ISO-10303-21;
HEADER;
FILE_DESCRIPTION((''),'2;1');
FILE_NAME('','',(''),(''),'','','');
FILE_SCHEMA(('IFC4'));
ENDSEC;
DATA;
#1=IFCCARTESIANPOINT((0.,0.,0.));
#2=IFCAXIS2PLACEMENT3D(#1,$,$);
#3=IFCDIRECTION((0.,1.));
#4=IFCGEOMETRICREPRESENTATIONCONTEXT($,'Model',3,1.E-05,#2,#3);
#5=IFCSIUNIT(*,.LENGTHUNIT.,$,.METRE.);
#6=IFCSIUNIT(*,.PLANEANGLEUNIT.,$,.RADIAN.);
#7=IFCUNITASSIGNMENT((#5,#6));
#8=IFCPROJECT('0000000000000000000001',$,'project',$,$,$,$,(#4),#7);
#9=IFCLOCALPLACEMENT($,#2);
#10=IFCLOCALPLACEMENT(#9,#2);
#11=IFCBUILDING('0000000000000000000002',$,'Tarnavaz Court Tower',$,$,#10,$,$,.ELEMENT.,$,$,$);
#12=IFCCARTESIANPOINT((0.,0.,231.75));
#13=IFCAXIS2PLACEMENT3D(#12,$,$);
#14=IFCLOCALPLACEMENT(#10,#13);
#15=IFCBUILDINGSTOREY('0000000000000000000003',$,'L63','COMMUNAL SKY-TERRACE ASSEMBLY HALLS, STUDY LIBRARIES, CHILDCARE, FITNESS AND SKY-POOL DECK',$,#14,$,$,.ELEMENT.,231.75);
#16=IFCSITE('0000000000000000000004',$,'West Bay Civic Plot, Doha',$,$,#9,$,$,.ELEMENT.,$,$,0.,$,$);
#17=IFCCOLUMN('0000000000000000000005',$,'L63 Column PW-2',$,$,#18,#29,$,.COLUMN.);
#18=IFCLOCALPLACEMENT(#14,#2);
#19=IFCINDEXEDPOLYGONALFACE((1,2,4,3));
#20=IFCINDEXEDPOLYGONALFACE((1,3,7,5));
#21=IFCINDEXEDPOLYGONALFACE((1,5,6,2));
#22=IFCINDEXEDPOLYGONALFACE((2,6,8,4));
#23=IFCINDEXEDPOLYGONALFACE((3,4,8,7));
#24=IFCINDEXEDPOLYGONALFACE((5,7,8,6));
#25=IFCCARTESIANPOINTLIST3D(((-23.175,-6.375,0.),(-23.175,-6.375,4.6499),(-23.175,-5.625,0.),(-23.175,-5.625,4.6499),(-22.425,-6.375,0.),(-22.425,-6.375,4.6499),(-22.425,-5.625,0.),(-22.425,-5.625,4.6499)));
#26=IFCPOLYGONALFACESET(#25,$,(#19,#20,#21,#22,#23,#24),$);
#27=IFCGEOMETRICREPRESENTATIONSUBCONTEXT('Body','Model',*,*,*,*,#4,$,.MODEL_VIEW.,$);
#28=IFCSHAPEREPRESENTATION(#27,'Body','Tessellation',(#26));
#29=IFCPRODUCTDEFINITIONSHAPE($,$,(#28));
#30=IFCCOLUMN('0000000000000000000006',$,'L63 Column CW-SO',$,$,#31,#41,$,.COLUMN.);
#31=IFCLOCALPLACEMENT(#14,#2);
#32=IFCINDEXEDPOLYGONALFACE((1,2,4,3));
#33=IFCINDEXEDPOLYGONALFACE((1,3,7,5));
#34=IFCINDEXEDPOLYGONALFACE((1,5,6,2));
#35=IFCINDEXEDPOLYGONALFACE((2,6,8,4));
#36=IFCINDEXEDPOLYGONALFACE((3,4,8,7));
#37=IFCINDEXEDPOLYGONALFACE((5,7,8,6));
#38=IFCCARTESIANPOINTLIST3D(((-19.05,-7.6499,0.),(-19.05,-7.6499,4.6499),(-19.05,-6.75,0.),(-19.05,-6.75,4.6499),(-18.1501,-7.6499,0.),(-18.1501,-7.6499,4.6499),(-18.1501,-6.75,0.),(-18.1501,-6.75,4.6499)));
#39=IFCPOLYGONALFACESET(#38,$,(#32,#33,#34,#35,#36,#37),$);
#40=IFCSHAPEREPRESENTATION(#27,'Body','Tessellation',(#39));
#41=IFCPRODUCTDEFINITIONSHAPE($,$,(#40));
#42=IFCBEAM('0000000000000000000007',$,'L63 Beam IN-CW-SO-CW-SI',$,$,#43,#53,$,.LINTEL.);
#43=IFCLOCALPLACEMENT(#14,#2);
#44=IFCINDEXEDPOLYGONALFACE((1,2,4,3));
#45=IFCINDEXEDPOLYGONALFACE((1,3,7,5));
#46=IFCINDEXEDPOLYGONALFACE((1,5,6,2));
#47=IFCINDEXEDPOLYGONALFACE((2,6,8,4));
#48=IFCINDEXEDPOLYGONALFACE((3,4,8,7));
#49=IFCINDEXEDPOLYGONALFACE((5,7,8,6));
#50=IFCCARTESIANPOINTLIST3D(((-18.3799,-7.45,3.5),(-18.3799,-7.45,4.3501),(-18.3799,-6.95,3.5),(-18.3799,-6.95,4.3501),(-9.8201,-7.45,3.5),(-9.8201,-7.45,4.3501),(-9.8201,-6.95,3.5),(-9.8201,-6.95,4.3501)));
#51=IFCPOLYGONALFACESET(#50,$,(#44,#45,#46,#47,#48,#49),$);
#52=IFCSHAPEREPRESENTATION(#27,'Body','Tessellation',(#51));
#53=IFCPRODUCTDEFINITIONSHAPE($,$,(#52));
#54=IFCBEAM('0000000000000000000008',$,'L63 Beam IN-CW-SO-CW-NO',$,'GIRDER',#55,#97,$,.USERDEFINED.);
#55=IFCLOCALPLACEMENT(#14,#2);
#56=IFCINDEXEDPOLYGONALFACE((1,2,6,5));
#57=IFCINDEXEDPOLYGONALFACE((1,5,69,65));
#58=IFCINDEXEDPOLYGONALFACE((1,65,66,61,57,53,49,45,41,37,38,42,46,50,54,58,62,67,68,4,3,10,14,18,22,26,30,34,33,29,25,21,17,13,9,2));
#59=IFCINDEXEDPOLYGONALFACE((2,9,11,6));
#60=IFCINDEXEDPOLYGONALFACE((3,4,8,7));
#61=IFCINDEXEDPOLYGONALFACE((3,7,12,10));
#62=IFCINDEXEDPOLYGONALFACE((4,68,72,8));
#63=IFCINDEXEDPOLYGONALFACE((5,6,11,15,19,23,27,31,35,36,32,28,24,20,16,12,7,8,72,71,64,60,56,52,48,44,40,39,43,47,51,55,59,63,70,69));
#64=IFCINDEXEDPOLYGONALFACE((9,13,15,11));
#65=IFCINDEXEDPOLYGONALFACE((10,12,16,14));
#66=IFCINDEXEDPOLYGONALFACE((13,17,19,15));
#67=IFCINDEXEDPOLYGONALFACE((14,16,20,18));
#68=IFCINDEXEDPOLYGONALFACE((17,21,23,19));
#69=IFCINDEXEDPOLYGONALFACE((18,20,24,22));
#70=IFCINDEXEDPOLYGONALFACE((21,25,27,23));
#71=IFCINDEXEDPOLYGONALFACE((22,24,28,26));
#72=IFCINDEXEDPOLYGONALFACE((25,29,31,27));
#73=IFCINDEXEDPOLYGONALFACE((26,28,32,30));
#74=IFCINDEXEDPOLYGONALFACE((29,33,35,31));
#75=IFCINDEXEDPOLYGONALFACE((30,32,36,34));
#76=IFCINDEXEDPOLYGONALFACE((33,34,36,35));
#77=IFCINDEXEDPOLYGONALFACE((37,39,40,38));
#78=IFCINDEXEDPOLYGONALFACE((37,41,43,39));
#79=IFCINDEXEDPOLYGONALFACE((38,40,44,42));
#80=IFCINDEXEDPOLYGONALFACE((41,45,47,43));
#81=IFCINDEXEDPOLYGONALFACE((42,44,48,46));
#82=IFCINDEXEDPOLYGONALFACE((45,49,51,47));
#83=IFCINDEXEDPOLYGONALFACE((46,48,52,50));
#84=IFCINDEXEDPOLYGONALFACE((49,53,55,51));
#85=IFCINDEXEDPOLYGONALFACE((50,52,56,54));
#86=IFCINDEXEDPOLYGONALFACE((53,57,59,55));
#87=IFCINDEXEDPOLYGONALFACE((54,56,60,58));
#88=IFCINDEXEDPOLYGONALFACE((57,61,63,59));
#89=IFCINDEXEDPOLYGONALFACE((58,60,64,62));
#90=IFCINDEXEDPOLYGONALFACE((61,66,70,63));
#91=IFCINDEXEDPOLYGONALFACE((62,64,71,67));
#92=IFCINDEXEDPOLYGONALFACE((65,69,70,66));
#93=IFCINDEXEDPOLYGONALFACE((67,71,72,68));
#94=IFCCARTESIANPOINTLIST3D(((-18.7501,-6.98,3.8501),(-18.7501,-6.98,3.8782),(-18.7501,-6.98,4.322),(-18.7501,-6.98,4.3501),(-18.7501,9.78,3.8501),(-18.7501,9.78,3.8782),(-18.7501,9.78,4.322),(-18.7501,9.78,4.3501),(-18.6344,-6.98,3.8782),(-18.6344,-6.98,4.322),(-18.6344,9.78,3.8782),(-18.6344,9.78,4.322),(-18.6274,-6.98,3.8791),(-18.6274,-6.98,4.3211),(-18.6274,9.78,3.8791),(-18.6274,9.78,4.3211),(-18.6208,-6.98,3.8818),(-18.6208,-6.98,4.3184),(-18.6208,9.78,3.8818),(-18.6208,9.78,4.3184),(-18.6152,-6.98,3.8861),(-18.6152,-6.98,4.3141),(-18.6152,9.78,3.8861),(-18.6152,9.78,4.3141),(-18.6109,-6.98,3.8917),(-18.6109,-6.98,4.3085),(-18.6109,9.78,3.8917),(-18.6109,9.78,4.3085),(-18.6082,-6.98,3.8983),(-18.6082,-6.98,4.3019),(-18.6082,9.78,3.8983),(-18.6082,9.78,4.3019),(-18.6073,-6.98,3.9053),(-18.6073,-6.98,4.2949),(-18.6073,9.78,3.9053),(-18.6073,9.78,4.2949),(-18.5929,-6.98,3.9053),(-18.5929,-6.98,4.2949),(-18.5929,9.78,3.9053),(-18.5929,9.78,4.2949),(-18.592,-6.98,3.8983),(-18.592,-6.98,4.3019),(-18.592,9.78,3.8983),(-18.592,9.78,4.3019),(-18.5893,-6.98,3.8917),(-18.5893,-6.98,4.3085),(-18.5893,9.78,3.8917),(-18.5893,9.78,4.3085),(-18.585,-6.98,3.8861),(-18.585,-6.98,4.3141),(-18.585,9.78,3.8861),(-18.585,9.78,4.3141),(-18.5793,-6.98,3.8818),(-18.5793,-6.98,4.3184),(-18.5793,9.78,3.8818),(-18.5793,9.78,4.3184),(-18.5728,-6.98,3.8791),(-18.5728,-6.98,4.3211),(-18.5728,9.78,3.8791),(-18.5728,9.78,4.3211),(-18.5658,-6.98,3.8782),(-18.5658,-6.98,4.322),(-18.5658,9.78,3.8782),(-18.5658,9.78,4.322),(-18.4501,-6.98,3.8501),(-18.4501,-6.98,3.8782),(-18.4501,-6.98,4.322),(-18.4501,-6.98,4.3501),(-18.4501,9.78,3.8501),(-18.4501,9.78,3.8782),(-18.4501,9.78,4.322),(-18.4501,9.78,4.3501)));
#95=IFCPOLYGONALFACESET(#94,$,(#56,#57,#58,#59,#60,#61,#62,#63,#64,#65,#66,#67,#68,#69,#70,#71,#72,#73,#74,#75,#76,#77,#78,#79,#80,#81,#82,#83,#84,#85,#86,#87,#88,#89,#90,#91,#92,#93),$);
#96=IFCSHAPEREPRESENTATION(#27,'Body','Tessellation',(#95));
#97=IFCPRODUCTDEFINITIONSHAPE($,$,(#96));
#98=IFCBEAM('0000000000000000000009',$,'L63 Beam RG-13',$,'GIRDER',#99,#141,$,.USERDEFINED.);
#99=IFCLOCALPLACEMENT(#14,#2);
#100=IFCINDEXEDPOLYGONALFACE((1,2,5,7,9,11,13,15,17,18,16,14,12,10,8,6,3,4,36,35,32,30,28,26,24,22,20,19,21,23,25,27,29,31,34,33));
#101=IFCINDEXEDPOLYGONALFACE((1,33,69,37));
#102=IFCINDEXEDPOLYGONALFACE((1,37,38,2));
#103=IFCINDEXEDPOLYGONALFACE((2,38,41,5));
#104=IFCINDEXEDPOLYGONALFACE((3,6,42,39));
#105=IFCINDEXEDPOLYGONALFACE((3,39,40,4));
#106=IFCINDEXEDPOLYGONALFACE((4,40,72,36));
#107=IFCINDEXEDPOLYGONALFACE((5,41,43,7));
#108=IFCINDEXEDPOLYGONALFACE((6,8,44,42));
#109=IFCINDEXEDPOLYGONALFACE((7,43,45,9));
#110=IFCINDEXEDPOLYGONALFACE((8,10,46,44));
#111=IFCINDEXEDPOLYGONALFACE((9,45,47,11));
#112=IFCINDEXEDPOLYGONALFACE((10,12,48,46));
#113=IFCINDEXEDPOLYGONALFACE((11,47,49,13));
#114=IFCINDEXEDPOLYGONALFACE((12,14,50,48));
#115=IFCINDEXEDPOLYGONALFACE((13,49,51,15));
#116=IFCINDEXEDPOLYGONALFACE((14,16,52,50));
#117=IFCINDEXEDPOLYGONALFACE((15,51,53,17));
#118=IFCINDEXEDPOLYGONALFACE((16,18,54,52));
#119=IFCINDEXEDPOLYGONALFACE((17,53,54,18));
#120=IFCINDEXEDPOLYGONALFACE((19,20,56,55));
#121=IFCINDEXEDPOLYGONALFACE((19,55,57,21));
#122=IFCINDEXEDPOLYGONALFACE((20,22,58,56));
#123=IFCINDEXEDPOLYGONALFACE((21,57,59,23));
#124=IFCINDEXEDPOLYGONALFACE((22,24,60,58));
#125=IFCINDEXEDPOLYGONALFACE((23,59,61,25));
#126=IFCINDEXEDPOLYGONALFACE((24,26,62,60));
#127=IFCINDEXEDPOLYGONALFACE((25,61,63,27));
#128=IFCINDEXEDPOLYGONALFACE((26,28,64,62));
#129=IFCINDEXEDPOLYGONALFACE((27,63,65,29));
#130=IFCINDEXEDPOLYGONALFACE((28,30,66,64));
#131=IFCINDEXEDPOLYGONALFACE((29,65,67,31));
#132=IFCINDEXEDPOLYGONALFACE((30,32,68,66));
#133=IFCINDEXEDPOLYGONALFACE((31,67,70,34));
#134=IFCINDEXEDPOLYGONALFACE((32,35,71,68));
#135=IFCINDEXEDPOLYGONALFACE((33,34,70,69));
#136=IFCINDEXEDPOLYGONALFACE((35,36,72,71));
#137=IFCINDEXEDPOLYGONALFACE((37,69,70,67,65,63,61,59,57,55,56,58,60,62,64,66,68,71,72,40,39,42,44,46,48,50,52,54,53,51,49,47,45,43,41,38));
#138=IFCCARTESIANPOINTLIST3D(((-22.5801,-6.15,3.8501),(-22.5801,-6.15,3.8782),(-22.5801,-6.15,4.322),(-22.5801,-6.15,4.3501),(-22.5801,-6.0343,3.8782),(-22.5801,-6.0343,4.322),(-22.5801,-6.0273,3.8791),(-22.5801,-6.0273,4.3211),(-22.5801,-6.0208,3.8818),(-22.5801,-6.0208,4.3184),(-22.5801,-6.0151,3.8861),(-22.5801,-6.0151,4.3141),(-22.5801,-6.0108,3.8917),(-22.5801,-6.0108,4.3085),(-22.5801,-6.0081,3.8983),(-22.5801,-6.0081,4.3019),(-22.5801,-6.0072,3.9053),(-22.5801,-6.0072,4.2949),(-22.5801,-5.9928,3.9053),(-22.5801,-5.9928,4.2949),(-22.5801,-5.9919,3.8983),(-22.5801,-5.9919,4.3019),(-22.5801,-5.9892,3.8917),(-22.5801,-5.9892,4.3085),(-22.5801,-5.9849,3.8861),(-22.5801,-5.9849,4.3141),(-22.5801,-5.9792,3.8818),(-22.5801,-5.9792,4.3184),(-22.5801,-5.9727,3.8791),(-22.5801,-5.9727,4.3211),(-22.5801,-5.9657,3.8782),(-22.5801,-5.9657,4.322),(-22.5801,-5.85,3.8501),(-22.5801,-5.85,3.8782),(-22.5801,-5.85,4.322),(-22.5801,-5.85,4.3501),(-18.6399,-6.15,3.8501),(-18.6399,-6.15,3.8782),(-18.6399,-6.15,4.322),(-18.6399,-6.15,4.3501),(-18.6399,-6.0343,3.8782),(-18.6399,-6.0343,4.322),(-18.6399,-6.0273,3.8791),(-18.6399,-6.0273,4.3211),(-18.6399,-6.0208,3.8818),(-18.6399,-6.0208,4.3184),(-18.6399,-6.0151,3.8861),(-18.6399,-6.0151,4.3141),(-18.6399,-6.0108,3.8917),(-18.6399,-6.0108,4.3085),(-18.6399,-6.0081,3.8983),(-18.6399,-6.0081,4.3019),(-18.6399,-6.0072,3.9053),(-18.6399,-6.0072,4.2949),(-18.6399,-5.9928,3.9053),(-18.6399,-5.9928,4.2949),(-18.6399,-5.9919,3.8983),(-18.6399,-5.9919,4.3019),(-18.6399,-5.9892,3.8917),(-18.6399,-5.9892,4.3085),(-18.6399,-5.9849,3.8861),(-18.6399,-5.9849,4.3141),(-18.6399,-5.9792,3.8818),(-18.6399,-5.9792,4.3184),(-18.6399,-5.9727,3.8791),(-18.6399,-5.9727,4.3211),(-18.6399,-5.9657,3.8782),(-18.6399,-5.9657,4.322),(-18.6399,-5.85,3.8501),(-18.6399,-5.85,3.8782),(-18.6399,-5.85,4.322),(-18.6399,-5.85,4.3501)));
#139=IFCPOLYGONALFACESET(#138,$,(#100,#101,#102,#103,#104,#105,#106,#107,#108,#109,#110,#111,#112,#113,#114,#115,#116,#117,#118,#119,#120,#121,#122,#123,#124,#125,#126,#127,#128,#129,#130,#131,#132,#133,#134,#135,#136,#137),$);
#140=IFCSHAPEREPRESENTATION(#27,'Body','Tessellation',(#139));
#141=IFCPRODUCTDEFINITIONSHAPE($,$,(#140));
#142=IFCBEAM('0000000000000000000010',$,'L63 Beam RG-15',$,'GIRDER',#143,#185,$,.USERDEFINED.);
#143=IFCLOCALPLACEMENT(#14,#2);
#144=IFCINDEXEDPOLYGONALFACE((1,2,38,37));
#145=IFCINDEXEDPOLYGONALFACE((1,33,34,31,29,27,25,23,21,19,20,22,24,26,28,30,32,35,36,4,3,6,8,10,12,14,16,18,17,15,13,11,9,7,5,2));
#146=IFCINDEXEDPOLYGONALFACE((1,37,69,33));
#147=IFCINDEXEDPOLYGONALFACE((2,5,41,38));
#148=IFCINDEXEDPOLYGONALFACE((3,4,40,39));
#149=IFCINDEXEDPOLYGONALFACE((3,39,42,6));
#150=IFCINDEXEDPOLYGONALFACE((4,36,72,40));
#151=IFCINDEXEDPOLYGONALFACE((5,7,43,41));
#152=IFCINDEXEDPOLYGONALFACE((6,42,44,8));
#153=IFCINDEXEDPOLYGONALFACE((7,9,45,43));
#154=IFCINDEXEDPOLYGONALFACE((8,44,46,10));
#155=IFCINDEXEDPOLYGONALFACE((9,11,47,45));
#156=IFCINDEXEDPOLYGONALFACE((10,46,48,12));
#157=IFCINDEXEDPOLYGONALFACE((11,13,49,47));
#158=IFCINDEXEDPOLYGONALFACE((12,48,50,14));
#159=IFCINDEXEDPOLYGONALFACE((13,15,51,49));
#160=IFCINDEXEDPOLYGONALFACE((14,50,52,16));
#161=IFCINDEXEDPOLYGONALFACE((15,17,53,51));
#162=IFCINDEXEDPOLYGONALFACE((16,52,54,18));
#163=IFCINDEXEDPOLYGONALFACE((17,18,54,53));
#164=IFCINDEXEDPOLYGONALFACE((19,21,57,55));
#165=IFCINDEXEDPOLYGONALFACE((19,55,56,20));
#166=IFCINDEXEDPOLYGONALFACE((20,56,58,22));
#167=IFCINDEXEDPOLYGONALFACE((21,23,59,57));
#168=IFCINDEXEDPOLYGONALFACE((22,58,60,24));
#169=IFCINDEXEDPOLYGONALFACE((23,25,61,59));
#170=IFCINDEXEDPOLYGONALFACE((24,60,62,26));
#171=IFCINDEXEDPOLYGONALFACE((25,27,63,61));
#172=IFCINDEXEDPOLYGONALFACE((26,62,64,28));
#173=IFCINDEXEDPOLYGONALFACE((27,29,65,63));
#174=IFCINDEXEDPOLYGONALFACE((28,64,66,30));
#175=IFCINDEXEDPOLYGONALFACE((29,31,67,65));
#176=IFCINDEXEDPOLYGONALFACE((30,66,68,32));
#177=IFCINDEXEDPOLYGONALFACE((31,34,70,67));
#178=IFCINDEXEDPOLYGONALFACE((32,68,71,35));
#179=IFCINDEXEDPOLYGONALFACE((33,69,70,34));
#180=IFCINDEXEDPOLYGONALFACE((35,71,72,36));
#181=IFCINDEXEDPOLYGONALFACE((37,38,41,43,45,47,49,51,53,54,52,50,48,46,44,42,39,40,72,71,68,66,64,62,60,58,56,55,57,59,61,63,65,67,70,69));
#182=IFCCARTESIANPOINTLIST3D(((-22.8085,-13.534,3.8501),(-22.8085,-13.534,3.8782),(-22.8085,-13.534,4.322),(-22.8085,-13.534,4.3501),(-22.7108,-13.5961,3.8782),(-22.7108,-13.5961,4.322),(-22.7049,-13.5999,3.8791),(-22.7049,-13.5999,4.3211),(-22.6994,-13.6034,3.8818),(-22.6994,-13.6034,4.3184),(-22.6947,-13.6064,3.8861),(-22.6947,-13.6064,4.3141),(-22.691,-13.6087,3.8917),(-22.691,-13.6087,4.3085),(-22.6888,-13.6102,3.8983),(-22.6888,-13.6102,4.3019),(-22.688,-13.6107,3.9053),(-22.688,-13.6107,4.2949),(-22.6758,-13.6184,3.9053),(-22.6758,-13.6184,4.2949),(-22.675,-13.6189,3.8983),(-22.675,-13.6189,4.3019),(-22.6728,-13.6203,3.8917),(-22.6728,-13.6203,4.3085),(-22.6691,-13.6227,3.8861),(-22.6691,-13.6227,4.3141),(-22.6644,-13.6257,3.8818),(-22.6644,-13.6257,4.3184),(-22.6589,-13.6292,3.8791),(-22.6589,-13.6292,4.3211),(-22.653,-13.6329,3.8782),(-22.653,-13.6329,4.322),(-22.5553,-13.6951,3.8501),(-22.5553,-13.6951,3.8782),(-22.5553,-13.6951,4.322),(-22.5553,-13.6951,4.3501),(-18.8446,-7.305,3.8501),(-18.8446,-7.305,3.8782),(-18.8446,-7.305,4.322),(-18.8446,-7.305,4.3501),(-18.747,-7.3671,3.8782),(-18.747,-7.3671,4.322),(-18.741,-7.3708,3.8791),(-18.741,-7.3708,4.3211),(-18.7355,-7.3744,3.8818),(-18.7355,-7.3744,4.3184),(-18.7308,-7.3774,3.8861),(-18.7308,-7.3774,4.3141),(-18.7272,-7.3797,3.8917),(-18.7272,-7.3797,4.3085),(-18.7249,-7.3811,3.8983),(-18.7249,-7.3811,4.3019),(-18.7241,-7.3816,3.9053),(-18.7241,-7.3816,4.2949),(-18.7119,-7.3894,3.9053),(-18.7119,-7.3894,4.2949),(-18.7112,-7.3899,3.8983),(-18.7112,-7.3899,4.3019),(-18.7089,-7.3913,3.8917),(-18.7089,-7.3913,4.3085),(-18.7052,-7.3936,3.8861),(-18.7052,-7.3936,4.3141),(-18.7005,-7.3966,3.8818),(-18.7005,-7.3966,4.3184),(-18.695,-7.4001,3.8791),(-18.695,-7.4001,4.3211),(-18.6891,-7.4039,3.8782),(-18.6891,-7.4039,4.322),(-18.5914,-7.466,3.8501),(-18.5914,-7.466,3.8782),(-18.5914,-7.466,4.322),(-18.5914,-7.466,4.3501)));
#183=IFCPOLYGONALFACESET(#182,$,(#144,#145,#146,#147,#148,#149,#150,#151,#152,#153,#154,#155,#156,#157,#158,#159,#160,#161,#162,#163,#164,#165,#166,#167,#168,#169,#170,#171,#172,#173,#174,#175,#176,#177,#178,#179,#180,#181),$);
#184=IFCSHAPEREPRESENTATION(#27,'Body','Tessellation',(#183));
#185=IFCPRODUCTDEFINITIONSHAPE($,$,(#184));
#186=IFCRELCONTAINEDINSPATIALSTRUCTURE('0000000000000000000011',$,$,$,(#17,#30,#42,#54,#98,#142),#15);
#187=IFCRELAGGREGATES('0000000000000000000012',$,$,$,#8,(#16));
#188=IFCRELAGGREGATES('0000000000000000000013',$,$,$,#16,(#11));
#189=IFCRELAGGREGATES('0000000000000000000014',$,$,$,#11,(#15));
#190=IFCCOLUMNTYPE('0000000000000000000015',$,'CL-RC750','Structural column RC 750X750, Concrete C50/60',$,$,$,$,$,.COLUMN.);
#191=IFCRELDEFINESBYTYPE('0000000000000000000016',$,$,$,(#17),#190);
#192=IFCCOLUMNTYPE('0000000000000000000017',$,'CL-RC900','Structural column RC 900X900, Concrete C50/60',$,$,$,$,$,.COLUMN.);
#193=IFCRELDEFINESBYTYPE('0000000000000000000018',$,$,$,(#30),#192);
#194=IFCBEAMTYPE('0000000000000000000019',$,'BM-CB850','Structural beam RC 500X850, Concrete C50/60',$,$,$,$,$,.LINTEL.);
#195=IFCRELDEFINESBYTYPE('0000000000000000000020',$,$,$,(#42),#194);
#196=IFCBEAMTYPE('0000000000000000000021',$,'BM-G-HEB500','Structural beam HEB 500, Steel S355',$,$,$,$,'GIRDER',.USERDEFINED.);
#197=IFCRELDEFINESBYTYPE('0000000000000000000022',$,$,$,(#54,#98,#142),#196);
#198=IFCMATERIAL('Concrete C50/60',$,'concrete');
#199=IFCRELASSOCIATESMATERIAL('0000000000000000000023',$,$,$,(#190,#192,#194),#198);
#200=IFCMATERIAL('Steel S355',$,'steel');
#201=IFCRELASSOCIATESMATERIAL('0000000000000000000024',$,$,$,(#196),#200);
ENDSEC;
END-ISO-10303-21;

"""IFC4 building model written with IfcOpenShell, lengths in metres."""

from ifc_helpers import new_model, si_unit, direction, frame, origin, origin_2d, place, context, subcontext, project, spatial, rectangle, i_section, extrude, material, material_profile, profile_set, type_object, element, save


model = new_model("IFC4")

# Units and contexts
model_context = context("Model", 3, precision=1e-05, world=origin(), true_north=direction((0.0, 1.0)))
body_context = subcontext(model_context, "Body", "Model", "MODEL_VIEW")
ifc_project = project(units=[si_unit("LENGTHUNIT", "METRE"), si_unit("PLANEANGLEUNIT", "RADIAN")], contexts=[model_context])

# Site, building, storey
site_placement = place(None, origin())
site = spatial("IfcSite", under=ifc_project, at=site_placement, Name="West Bay Civic Plot, Doha", CompositionType="ELEMENT", RefElevation=0.0)
building_placement = place(site_placement, origin())
building = spatial("IfcBuilding", under=site, at=building_placement, Name="Tarnavaz Court Tower", CompositionType="ELEMENT")
storey_placement = place(building_placement, frame((0.0, 0.0, 231.75)))
storey = spatial("IfcBuildingStorey", under=building, at=storey_placement, Name="L63", Description="COMMUNAL SKY-TERRACE ASSEMBLY HALLS, STUDY LIBRARIES, CHILDCARE, FITNESS AND SKY-POOL DECK", CompositionType="ELEMENT", Elevation=231.75)

# Columns
ifc_material_1 = material(Name="Concrete C50/60", Category="concrete")
ifc_material_profile_1 = material_profile(ifc_material_1, rectangle(XDim=0.75, YDim=0.75, at=origin_2d()), Name="RC 750X750")
ifc_profile_set_1 = profile_set([ifc_material_profile_1], Name="Concrete C50/60")
column_type_1 = type_object("IfcColumnType", Name="CL-RC750", Description="Structural column RC 750X750, Concrete C50/60", PredefinedType="COLUMN", material=ifc_profile_set_1)
column_1_placement = place(storey_placement, frame((-22.8, -6.0, 0.0), z_axis=(0.0, 0.0, 1.0), x_axis=(1.0, 0.0, 0.0)))
element("IfcColumn", 1, at=column_1_placement, inside=storey, type_object=column_type_1, Name="L63 Column PW-2", PredefinedType="COLUMN", context=body_context, shape_type="SweptSolid", body=[
    extrude(rectangle(XDim=0.75, YDim=0.75, at=origin_2d()), origin(), (0.0, 0.0, 1.0), 4.6499),
])
ifc_material_profile_2 = material_profile(ifc_material_1, rectangle(XDim=0.8999, YDim=0.8999, at=origin_2d()), Name="RC 900X900")
ifc_profile_set_2 = profile_set([ifc_material_profile_2], Name="Concrete C50/60")
column_type_2 = type_object("IfcColumnType", Name="CL-RC900", Description="Structural column RC 900X900, Concrete C50/60", PredefinedType="COLUMN", material=ifc_profile_set_2)
column_2_placement = place(storey_placement, frame((-18.6001, -7.2, 0.0), z_axis=(0.0, 0.0, 1.0), x_axis=(1.0, 0.0, 0.0)))
element("IfcColumn", 2, at=column_2_placement, inside=storey, type_object=column_type_2, Name="L63 Column CW-SO", PredefinedType="COLUMN", context=body_context, shape_type="SweptSolid", body=[
    extrude(rectangle(XDim=0.8999, YDim=0.8999, at=origin_2d()), origin(), (0.0, 0.0, 1.0), 4.6499),
])

# Beams
ifc_material_profile_3 = material_profile(ifc_material_1, rectangle(XDim=0.5, YDim=0.8501, at=origin_2d()), Name="RC 500X850")
ifc_profile_set_3 = profile_set([ifc_material_profile_3], Name="Concrete C50/60")
beam_type_1 = type_object("IfcBeamType", Name="BM-CB850", Description="Structural beam RC 500X850, Concrete C50/60", PredefinedType="LINTEL", material=ifc_profile_set_3)
beam_1_placement = place(storey_placement, frame((-18.3799, -7.2, 3.925), z_axis=(1.0, 0.0, 0.0), x_axis=(0.0, 1.0, 0.0)))
element("IfcBeam", 3, at=beam_1_placement, inside=storey, type_object=beam_type_1, Name="L63 Beam IN-CW-SO-CW-SI", PredefinedType="LINTEL", context=body_context, shape_type="SweptSolid", body=[
    extrude(rectangle(XDim=0.5, YDim=0.8501, at=origin_2d()), origin(), (0.0, 0.0, 1.0), 8.5598),
])
ifc_material_2 = material(Name="Steel S355", Category="steel")
ifc_material_profile_4 = material_profile(ifc_material_2, i_section(OverallWidth=0.3, OverallDepth=0.5, WebThickness=0.0144, FlangeThickness=0.0281, FilletRadius=0.0271, at=origin_2d()), Name="HEB 500")
ifc_profile_set_4 = profile_set([ifc_material_profile_4], Name="Steel S355")
beam_type_2 = type_object("IfcBeamType", Name="BM-G-HEB500", Description="Structural beam HEB 500, Steel S355", ElementType="GIRDER", PredefinedType="USERDEFINED", material=ifc_profile_set_4)
beam_2_placement = place(storey_placement, frame((-18.6001, -6.98, 4.1001), z_axis=(0.0, 1.0, 0.0), x_axis=(-1.0, 0.0, 0.0)))
element("IfcBeam", 4, at=beam_2_placement, inside=storey, type_object=beam_type_2, Name="L63 Beam IN-CW-SO-CW-NO", ObjectType="GIRDER", PredefinedType="USERDEFINED", context=body_context, shape_type="SweptSolid", body=[
    extrude(i_section(OverallWidth=0.3, OverallDepth=0.5, WebThickness=0.0144, FlangeThickness=0.0281, FilletRadius=0.0271, at=origin_2d()), origin(), (0.0, 0.0, 1.0), 16.76),
])
beam_3_placement = place(storey_placement, frame((-18.6399, -6.0, 4.1001), z_axis=(-1.0, 0.0, 0.0), x_axis=(0.0, -1.0, 0.0)))
element("IfcBeam", 5, at=beam_3_placement, inside=storey, type_object=beam_type_2, Name="L63 Beam RG-13", ObjectType="GIRDER", PredefinedType="USERDEFINED", context=body_context, shape_type="SweptSolid", body=[
    extrude(i_section(OverallWidth=0.3, OverallDepth=0.5, WebThickness=0.0144, FlangeThickness=0.0281, FilletRadius=0.0271, at=origin_2d()), origin(), (0.0, 0.0, 1.0), 3.9402),
])
beam_4_placement = place(storey_placement, frame((-18.718, -7.3855, 4.1001), z_axis=(-0.536871, -0.843664, 0.0), x_axis=(0.843664, -0.536871, 0.0)))
element("IfcBeam", 6, at=beam_4_placement, inside=storey, type_object=beam_type_2, Name="L63 Beam RG-15", ObjectType="GIRDER", PredefinedType="USERDEFINED", context=body_context, shape_type="SweptSolid", body=[
    extrude(i_section(OverallWidth=0.3, OverallDepth=0.5, WebThickness=0.0144, FlangeThickness=0.0281, FilletRadius=0.0271, at=origin_2d()), origin(), (0.0, 0.0, 1.0), 7.3833),
])

save(model, "model.ifc")
